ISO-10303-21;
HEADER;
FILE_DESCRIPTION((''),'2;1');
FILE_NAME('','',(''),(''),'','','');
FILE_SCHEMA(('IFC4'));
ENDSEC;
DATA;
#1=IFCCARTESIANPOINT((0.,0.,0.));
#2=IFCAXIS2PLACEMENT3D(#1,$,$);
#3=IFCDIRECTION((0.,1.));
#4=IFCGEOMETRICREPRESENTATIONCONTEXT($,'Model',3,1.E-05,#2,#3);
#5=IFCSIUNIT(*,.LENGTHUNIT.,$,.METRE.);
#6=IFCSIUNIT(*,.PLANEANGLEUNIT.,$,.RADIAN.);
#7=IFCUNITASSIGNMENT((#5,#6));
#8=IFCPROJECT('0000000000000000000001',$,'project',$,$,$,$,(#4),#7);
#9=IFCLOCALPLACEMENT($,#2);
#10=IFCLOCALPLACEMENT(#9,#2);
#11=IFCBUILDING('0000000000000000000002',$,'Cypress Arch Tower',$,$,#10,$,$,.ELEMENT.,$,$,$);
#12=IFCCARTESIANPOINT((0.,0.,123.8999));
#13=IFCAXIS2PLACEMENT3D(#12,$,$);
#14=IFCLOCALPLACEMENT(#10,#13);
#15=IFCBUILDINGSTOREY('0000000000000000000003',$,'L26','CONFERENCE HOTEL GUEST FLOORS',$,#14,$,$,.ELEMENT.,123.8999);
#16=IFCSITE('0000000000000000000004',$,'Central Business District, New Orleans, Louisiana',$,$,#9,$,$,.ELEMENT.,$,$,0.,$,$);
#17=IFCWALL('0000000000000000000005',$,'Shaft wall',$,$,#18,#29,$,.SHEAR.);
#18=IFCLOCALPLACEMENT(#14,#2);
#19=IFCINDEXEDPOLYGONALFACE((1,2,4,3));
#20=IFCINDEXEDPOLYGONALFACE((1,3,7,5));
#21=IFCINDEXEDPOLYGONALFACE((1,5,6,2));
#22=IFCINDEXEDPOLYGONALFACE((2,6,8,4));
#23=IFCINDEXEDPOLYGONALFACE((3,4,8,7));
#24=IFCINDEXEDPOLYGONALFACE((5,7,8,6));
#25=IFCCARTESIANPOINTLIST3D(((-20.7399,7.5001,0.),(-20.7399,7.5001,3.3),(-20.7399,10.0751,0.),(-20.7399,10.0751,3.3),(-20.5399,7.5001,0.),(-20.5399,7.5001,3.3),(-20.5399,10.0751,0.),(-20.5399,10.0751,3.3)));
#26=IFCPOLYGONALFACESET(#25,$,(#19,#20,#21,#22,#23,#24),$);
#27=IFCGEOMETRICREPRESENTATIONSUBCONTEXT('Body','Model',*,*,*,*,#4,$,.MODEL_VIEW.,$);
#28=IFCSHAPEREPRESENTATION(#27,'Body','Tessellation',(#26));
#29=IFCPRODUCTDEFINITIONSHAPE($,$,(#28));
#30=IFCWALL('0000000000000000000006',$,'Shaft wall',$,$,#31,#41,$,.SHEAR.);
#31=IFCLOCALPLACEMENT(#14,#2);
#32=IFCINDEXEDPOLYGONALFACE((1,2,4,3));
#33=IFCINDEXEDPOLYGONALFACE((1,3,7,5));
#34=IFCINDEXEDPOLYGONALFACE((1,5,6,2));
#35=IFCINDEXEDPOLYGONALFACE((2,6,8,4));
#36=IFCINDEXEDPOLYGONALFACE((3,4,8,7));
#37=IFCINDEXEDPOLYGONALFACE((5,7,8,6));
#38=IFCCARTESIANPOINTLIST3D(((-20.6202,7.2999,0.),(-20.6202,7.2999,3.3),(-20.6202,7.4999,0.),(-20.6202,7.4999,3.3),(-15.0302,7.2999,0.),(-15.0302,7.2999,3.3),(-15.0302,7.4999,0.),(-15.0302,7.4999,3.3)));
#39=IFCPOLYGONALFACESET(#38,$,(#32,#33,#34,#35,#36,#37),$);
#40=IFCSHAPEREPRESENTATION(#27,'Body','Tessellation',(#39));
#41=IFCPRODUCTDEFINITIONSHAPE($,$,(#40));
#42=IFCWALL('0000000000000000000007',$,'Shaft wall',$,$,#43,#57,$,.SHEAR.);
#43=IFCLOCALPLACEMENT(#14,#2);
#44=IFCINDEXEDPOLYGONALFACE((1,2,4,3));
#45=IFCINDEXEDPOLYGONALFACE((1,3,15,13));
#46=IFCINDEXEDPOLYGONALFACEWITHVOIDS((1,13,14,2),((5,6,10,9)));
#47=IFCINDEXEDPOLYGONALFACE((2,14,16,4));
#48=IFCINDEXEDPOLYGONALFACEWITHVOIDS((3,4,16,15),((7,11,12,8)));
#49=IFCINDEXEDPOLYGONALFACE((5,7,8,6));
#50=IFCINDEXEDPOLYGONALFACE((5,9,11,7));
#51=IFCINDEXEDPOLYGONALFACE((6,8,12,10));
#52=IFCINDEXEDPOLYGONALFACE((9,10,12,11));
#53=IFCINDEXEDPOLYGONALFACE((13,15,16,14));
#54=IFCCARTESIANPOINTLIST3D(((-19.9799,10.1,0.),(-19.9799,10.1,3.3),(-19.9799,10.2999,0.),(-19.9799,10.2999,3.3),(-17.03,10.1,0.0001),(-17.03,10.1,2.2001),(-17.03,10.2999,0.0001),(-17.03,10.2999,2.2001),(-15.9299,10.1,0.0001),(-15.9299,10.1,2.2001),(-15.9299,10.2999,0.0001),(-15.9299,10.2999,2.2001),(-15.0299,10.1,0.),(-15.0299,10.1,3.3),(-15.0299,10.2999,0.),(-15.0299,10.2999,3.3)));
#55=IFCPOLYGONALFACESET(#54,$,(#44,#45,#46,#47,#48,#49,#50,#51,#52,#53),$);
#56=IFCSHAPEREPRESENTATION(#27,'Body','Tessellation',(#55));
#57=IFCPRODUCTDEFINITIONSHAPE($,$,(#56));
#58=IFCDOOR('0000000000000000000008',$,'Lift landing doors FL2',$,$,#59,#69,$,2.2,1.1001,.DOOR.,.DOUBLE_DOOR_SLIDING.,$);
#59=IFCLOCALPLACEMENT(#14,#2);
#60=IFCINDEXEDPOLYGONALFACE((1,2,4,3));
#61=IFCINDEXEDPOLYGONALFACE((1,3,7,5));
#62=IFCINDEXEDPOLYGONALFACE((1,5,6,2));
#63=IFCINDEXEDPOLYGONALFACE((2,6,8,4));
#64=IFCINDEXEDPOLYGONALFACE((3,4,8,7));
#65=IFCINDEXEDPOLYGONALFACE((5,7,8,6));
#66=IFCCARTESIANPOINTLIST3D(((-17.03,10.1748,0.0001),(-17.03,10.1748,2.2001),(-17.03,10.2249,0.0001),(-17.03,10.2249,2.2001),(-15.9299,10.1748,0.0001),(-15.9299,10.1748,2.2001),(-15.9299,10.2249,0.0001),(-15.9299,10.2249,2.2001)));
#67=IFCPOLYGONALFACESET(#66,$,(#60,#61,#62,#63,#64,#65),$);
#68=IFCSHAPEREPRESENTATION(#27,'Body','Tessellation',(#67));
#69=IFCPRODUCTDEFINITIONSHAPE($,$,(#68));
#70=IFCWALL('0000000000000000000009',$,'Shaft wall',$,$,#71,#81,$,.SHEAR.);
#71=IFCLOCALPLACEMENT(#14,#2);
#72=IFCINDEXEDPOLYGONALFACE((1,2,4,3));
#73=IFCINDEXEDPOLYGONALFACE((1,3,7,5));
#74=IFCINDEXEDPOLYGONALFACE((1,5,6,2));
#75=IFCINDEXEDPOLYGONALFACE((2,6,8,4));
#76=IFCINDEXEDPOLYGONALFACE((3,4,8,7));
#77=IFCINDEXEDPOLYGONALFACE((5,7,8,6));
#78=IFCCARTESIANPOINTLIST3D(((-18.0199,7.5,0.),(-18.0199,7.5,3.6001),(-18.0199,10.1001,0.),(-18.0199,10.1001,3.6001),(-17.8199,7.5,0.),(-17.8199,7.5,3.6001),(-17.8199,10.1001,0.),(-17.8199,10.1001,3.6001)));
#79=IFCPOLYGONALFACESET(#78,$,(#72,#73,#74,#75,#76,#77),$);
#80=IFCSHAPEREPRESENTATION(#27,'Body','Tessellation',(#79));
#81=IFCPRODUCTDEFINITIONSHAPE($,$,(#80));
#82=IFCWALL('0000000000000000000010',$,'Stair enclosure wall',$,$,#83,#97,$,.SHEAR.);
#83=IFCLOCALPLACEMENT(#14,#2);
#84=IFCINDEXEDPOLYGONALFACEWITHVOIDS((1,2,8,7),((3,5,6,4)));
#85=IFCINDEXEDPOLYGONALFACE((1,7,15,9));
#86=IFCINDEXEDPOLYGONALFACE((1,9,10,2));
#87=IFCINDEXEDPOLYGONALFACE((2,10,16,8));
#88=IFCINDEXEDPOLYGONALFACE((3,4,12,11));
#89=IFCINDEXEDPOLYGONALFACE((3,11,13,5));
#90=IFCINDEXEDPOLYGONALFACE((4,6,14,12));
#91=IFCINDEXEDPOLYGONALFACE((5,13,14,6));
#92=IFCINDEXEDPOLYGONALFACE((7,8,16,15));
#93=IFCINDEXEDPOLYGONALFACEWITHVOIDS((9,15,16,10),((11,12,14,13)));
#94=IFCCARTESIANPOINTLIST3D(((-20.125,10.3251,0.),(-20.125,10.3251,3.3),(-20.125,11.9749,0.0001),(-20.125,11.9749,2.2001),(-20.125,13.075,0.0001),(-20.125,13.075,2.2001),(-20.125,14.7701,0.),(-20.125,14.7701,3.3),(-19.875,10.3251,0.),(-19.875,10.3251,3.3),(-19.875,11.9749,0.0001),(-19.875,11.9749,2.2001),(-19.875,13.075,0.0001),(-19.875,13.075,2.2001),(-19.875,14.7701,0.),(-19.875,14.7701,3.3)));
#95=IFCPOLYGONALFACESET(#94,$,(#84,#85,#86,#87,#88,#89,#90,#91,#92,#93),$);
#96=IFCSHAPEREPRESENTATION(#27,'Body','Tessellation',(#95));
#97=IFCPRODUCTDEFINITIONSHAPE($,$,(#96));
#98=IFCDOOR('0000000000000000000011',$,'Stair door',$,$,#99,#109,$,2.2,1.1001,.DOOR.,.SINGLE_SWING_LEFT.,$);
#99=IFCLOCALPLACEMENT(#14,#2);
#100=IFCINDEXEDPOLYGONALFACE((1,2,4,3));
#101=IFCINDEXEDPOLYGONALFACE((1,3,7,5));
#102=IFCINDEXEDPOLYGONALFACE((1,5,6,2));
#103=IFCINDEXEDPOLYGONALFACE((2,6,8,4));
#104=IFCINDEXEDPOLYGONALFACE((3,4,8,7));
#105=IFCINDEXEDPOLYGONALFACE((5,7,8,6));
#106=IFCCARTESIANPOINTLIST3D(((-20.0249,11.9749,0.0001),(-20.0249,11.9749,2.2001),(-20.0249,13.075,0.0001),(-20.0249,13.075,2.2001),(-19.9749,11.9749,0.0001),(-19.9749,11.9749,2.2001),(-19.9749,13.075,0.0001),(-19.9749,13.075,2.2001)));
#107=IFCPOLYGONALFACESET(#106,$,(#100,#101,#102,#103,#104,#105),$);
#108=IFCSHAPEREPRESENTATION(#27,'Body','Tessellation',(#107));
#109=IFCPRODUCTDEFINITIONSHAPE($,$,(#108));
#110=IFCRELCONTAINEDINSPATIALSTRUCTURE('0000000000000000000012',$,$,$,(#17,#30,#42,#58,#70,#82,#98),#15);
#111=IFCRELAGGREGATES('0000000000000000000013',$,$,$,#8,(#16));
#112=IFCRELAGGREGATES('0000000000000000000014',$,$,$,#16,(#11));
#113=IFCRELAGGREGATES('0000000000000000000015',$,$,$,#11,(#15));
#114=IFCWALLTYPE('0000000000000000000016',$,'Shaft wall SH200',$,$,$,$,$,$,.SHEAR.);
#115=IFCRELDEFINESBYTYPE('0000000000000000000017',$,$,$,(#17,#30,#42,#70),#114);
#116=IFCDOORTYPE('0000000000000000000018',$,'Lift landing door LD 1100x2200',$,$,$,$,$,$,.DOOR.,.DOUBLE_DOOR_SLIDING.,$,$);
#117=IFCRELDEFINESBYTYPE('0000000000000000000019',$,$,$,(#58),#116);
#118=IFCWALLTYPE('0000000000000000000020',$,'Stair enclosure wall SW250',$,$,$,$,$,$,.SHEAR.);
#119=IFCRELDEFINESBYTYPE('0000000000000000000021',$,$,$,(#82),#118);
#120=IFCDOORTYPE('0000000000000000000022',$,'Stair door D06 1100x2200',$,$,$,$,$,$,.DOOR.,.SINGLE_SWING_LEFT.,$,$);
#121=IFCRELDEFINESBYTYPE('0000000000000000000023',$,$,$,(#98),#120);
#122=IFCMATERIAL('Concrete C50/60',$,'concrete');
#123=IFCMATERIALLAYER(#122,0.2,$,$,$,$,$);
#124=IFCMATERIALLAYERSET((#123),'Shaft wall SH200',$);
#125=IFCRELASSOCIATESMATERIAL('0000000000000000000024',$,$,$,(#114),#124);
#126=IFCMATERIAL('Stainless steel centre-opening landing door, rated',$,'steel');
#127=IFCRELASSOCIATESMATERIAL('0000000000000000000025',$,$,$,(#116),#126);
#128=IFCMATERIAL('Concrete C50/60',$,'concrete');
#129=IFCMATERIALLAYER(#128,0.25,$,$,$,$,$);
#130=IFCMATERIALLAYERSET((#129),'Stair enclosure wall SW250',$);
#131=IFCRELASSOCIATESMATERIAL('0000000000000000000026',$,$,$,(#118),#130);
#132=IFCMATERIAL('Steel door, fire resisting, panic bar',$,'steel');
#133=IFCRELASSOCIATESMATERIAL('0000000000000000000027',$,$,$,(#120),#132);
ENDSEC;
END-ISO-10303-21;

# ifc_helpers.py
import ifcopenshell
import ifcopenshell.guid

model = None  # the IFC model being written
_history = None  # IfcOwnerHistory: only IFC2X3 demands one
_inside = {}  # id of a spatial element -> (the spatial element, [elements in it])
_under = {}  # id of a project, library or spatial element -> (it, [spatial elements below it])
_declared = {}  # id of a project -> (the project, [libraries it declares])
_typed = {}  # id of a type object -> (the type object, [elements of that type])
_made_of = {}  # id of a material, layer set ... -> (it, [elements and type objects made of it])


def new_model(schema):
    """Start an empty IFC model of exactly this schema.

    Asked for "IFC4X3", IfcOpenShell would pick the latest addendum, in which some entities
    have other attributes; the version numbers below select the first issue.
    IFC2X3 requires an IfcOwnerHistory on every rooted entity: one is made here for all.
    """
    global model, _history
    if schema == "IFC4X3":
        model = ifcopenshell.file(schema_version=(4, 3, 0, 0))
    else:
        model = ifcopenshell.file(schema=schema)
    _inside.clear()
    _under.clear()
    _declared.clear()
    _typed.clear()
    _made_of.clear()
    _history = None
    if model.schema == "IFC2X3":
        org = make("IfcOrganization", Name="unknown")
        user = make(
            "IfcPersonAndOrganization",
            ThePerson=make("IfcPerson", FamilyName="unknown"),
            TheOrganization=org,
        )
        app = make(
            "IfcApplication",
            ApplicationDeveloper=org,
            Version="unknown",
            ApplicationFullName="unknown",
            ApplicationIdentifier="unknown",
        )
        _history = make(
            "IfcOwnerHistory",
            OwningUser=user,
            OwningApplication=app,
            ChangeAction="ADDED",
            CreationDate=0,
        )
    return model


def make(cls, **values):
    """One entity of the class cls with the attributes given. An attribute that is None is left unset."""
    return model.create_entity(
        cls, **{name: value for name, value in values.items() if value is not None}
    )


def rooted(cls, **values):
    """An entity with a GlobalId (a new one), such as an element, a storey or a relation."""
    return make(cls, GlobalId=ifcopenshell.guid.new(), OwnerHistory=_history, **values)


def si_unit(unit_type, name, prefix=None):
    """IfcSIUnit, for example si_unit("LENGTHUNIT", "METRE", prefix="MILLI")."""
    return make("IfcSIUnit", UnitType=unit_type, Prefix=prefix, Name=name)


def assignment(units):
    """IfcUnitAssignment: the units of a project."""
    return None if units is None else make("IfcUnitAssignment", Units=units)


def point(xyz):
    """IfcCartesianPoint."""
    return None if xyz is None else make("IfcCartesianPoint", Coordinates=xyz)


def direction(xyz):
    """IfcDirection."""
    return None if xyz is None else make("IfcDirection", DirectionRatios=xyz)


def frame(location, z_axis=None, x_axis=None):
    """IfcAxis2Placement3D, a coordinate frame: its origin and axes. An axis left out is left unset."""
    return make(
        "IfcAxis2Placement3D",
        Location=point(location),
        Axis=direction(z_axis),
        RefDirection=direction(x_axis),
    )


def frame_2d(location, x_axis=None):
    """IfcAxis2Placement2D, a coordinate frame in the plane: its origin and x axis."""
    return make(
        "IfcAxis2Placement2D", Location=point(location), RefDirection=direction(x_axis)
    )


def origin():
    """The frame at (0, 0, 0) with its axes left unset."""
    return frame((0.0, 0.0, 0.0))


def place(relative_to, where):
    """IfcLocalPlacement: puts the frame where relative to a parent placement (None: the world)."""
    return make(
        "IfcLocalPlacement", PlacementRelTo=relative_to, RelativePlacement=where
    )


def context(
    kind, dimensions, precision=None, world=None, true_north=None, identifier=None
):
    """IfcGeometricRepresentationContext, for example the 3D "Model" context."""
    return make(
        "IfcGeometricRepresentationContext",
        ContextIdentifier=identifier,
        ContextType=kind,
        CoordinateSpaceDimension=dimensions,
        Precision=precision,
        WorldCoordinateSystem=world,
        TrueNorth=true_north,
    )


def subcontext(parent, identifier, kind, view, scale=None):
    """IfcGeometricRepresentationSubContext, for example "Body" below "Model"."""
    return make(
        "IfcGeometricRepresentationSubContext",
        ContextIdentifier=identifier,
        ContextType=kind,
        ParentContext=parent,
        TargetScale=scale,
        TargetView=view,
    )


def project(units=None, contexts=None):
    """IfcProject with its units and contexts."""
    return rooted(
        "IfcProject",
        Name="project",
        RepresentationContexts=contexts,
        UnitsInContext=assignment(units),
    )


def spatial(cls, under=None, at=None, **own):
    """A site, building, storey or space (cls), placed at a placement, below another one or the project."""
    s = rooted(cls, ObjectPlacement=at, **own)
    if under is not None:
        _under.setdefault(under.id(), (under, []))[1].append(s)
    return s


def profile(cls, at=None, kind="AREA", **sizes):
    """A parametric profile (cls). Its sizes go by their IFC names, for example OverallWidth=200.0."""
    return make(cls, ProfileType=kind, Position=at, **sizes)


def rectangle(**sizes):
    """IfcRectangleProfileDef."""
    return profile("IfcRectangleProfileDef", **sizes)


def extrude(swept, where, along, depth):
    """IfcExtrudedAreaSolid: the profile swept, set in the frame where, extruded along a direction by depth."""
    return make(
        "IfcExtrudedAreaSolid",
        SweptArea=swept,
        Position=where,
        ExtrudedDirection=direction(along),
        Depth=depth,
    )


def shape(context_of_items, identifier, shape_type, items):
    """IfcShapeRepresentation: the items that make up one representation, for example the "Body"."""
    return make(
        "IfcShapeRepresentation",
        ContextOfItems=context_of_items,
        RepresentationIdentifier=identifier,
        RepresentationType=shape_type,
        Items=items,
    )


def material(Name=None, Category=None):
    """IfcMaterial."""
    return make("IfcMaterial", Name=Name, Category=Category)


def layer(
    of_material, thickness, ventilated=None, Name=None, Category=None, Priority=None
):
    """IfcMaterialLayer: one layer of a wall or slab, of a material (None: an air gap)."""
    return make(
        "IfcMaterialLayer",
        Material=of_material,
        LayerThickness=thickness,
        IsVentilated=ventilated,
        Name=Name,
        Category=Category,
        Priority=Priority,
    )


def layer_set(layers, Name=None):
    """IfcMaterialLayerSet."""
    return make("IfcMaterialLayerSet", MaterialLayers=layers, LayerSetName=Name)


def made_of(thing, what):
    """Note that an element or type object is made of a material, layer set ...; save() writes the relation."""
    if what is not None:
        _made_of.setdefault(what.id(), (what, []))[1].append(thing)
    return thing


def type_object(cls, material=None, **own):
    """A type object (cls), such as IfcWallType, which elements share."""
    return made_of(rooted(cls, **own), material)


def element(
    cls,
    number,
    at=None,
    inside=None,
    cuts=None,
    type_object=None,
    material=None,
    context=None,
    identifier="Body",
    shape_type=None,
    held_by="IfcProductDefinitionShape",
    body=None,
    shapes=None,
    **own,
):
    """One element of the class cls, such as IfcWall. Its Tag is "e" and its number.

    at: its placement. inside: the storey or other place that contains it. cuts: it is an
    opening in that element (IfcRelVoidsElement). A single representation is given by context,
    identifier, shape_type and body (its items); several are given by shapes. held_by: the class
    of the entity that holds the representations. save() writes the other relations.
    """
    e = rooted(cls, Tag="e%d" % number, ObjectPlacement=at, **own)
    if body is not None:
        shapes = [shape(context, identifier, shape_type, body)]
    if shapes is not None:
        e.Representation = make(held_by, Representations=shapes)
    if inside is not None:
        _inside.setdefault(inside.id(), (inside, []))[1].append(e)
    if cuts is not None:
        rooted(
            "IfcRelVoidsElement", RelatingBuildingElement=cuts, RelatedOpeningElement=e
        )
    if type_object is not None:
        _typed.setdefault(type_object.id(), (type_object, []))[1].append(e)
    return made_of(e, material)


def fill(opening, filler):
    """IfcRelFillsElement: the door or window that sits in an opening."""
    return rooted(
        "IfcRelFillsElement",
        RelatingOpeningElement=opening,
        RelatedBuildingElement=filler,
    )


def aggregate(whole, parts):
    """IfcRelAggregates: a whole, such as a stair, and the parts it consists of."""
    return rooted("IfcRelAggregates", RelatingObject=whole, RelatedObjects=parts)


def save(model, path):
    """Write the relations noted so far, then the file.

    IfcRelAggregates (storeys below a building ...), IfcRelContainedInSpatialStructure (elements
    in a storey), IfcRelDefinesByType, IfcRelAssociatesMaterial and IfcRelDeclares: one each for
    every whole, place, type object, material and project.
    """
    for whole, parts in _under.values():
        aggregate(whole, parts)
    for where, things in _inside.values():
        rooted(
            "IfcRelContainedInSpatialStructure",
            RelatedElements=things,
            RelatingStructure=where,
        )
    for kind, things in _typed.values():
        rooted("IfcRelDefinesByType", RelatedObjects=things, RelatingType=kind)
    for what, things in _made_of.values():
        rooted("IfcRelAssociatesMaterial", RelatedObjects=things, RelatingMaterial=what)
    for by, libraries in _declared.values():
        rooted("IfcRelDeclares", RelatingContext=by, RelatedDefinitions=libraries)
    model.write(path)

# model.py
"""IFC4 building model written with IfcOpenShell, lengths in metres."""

from ifc_helpers import new_model, si_unit, direction, frame, frame_2d, origin, place, context, subcontext, project, spatial, rectangle, extrude, material, layer, layer_set, type_object, element, fill, save


model = new_model("IFC4")

# Units and contexts
model_context = context("Model", 3, precision=1e-05, world=origin(), true_north=direction((0.0, 1.0)))
body_context = subcontext(model_context, "Body", "Model", "MODEL_VIEW")
ifc_project = project(units=[si_unit("LENGTHUNIT", "METRE"), si_unit("PLANEANGLEUNIT", "RADIAN")], contexts=[model_context])

# Site, building, storey
site_placement = place(None, origin())
site = spatial("IfcSite", under=ifc_project, at=site_placement, Name="Central Business District, New Orleans, Louisiana", CompositionType="ELEMENT", RefElevation=0.0)
building_placement = place(site_placement, origin())
building = spatial("IfcBuilding", under=site, at=building_placement, Name="Cypress Arch Tower", CompositionType="ELEMENT")
storey_placement = place(building_placement, frame((0.0, 0.0, 123.8999)))
storey = spatial("IfcBuildingStorey", under=building, at=storey_placement, Name="L26", Description="CONFERENCE HOTEL GUEST FLOORS", CompositionType="ELEMENT", Elevation=123.8999)

# Walls
ifc_material_1 = material(Name="Concrete C50/60", Category="concrete")
ifc_layer_1 = layer(ifc_material_1, 0.2)
ifc_layer_set_1 = layer_set([ifc_layer_1], Name="Shaft wall SH200")
wall_type_1 = type_object("IfcWallType", Name="Shaft wall SH200", PredefinedType="SHEAR", material=ifc_layer_set_1)
wall_1_placement = place(storey_placement, frame((-20.6399, 7.5, 0.0), z_axis=(0.0, 0.0, 1.0), x_axis=(0.0, 1.0, 0.0)))
element("IfcWall", 1, at=wall_1_placement, inside=storey, type_object=wall_type_1, Name="Shaft wall", PredefinedType="SHEAR", context=body_context, shape_type="SweptSolid", body=[
    extrude(rectangle(XDim=2.575, YDim=0.2, at=frame_2d((1.2876, 0.0))), origin(), (0.0, 0.0, 1.0), 3.3),
])
wall_2_placement = place(storey_placement, frame((-20.6201, 7.3999, 0.0), z_axis=(0.0, 0.0, 1.0), x_axis=(1.0, 0.0, 0.0)))
element("IfcWall", 2, at=wall_2_placement, inside=storey, type_object=wall_type_1, Name="Shaft wall", PredefinedType="SHEAR", context=body_context, shape_type="SweptSolid", body=[
    extrude(rectangle(XDim=5.5901, YDim=0.2, at=frame_2d((2.7949, 0.0))), origin(), (0.0, 0.0, 1.0), 3.3),
])

# Wall, opening, door
wall_3_placement = place(storey_placement, frame((-19.98, 10.2, 0.0), z_axis=(0.0, 0.0, 1.0), x_axis=(1.0, 0.0, 0.0)))
wall_3 = element("IfcWall", 3, at=wall_3_placement, inside=storey, type_object=wall_type_1, Name="Shaft wall", PredefinedType="SHEAR", context=body_context, shape_type="SweptSolid", body=[
    extrude(rectangle(XDim=4.95, YDim=0.2, at=frame_2d((2.4751, 0.0))), origin(), (0.0, 0.0, 1.0), 3.3),
])
opening_1_placement = place(wall_3_placement, frame((2.95, 0.0, 0.0)))
opening_1 = element("IfcOpeningElement", 4, at=opening_1_placement, cuts=wall_3, PredefinedType="OPENING", context=body_context, shape_type="SweptSolid", body=[
    extrude(rectangle(XDim=1.1001, YDim=2.2, at=frame_2d((0.55, 1.1001))), frame((0.0, 0.1099, 0.0), z_axis=(0.0, -1.0, 0.0), x_axis=(1.0, 0.0, 0.0)), (0.0, 0.0, 1.0), 0.22),
])
ifc_material_2 = material(Name="Stainless steel centre-opening landing door, rated", Category="steel")
door_type_1 = type_object("IfcDoorType", Name="Lift landing door LD 1100x2200", OperationType="DOUBLE_DOOR_SLIDING", PredefinedType="DOOR", material=ifc_material_2)
door_1_placement = place(opening_1_placement, origin())
door_1 = element("IfcDoor", 5, at=door_1_placement, inside=storey, type_object=door_type_1, Name="Lift landing doors FL2", OperationType="DOUBLE_DOOR_SLIDING", OverallHeight=2.2, OverallWidth=1.1001, PredefinedType="DOOR", context=body_context, shape_type="SweptSolid", body=[
    extrude(rectangle(XDim=1.1001, YDim=2.2, at=frame_2d((0.55, 1.1001))), frame((0.0, 0.0249, 0.0), z_axis=(0.0, -1.0, 0.0), x_axis=(1.0, 0.0, 0.0)), (0.0, 0.0, 1.0), 0.05),
])
fill(opening_1, door_1)

# Wall
wall_4_placement = place(storey_placement, frame((-17.9199, 7.5, 0.0), z_axis=(0.0, 0.0, 1.0), x_axis=(0.0, 1.0, 0.0)))
element("IfcWall", 6, at=wall_4_placement, inside=storey, type_object=wall_type_1, Name="Shaft wall", PredefinedType="SHEAR", context=body_context, shape_type="SweptSolid", body=[
    extrude(rectangle(XDim=2.6001, YDim=0.2, at=frame_2d((1.3, 0.0))), origin(), (0.0, 0.0, 1.0), 3.6001),
])

# Wall, opening, door
ifc_material_3 = material(Name="Concrete C50/60", Category="concrete")
ifc_layer_2 = layer(ifc_material_3, 0.25)
ifc_layer_set_2 = layer_set([ifc_layer_2], Name="Stair enclosure wall SW250")
wall_type_2 = type_object("IfcWallType", Name="Stair enclosure wall SW250", PredefinedType="SHEAR", material=ifc_layer_set_2)
wall_5_placement = place(storey_placement, frame((-20.0, 10.325, 0.0), z_axis=(0.0, 0.0, 1.0), x_axis=(0.0, 1.0, 0.0)))
wall_5 = element("IfcWall", 7, at=wall_5_placement, inside=storey, type_object=wall_type_2, Name="Stair enclosure wall", PredefinedType="SHEAR", context=body_context, shape_type="SweptSolid", body=[
    extrude(rectangle(XDim=4.4451, YDim=0.25, at=frame_2d((2.2227, 0.0))), origin(), (0.0, 0.0, 1.0), 3.3),
])
opening_2_placement = place(wall_5_placement, frame((1.6499, 0.0, 0.0)))
opening_2 = element("IfcOpeningElement", 8, at=opening_2_placement, cuts=wall_5, PredefinedType="OPENING", context=body_context, shape_type="SweptSolid", body=[
    extrude(rectangle(XDim=1.1001, YDim=2.2, at=frame_2d((0.55, 1.1001))), frame((0.0, 0.135, 0.0), z_axis=(0.0, -1.0, 0.0), x_axis=(1.0, 0.0, 0.0)), (0.0, 0.0, 1.0), 0.27),
])
ifc_material_4 = material(Name="Steel door, fire resisting, panic bar", Category="steel")
door_type_2 = type_object("IfcDoorType", Name="Stair door D06 1100x2200", OperationType="SINGLE_SWING_LEFT", PredefinedType="DOOR", material=ifc_material_4)
door_2_placement = place(opening_2_placement, origin())
door_2 = element("IfcDoor", 9, at=door_2_placement, inside=storey, type_object=door_type_2, Name="Stair door", OperationType="SINGLE_SWING_LEFT", OverallHeight=2.2, OverallWidth=1.1001, PredefinedType="DOOR", context=body_context, shape_type="SweptSolid", body=[
    extrude(rectangle(XDim=1.1001, YDim=2.2, at=frame_2d((0.55, 1.1001))), frame((0.0, 0.0249, 0.0), z_axis=(0.0, -1.0, 0.0), x_axis=(1.0, 0.0, 0.0)), (0.0, 0.0, 1.0), 0.05),
])
fill(opening_2, door_2)

save(model, "model.ifc")
